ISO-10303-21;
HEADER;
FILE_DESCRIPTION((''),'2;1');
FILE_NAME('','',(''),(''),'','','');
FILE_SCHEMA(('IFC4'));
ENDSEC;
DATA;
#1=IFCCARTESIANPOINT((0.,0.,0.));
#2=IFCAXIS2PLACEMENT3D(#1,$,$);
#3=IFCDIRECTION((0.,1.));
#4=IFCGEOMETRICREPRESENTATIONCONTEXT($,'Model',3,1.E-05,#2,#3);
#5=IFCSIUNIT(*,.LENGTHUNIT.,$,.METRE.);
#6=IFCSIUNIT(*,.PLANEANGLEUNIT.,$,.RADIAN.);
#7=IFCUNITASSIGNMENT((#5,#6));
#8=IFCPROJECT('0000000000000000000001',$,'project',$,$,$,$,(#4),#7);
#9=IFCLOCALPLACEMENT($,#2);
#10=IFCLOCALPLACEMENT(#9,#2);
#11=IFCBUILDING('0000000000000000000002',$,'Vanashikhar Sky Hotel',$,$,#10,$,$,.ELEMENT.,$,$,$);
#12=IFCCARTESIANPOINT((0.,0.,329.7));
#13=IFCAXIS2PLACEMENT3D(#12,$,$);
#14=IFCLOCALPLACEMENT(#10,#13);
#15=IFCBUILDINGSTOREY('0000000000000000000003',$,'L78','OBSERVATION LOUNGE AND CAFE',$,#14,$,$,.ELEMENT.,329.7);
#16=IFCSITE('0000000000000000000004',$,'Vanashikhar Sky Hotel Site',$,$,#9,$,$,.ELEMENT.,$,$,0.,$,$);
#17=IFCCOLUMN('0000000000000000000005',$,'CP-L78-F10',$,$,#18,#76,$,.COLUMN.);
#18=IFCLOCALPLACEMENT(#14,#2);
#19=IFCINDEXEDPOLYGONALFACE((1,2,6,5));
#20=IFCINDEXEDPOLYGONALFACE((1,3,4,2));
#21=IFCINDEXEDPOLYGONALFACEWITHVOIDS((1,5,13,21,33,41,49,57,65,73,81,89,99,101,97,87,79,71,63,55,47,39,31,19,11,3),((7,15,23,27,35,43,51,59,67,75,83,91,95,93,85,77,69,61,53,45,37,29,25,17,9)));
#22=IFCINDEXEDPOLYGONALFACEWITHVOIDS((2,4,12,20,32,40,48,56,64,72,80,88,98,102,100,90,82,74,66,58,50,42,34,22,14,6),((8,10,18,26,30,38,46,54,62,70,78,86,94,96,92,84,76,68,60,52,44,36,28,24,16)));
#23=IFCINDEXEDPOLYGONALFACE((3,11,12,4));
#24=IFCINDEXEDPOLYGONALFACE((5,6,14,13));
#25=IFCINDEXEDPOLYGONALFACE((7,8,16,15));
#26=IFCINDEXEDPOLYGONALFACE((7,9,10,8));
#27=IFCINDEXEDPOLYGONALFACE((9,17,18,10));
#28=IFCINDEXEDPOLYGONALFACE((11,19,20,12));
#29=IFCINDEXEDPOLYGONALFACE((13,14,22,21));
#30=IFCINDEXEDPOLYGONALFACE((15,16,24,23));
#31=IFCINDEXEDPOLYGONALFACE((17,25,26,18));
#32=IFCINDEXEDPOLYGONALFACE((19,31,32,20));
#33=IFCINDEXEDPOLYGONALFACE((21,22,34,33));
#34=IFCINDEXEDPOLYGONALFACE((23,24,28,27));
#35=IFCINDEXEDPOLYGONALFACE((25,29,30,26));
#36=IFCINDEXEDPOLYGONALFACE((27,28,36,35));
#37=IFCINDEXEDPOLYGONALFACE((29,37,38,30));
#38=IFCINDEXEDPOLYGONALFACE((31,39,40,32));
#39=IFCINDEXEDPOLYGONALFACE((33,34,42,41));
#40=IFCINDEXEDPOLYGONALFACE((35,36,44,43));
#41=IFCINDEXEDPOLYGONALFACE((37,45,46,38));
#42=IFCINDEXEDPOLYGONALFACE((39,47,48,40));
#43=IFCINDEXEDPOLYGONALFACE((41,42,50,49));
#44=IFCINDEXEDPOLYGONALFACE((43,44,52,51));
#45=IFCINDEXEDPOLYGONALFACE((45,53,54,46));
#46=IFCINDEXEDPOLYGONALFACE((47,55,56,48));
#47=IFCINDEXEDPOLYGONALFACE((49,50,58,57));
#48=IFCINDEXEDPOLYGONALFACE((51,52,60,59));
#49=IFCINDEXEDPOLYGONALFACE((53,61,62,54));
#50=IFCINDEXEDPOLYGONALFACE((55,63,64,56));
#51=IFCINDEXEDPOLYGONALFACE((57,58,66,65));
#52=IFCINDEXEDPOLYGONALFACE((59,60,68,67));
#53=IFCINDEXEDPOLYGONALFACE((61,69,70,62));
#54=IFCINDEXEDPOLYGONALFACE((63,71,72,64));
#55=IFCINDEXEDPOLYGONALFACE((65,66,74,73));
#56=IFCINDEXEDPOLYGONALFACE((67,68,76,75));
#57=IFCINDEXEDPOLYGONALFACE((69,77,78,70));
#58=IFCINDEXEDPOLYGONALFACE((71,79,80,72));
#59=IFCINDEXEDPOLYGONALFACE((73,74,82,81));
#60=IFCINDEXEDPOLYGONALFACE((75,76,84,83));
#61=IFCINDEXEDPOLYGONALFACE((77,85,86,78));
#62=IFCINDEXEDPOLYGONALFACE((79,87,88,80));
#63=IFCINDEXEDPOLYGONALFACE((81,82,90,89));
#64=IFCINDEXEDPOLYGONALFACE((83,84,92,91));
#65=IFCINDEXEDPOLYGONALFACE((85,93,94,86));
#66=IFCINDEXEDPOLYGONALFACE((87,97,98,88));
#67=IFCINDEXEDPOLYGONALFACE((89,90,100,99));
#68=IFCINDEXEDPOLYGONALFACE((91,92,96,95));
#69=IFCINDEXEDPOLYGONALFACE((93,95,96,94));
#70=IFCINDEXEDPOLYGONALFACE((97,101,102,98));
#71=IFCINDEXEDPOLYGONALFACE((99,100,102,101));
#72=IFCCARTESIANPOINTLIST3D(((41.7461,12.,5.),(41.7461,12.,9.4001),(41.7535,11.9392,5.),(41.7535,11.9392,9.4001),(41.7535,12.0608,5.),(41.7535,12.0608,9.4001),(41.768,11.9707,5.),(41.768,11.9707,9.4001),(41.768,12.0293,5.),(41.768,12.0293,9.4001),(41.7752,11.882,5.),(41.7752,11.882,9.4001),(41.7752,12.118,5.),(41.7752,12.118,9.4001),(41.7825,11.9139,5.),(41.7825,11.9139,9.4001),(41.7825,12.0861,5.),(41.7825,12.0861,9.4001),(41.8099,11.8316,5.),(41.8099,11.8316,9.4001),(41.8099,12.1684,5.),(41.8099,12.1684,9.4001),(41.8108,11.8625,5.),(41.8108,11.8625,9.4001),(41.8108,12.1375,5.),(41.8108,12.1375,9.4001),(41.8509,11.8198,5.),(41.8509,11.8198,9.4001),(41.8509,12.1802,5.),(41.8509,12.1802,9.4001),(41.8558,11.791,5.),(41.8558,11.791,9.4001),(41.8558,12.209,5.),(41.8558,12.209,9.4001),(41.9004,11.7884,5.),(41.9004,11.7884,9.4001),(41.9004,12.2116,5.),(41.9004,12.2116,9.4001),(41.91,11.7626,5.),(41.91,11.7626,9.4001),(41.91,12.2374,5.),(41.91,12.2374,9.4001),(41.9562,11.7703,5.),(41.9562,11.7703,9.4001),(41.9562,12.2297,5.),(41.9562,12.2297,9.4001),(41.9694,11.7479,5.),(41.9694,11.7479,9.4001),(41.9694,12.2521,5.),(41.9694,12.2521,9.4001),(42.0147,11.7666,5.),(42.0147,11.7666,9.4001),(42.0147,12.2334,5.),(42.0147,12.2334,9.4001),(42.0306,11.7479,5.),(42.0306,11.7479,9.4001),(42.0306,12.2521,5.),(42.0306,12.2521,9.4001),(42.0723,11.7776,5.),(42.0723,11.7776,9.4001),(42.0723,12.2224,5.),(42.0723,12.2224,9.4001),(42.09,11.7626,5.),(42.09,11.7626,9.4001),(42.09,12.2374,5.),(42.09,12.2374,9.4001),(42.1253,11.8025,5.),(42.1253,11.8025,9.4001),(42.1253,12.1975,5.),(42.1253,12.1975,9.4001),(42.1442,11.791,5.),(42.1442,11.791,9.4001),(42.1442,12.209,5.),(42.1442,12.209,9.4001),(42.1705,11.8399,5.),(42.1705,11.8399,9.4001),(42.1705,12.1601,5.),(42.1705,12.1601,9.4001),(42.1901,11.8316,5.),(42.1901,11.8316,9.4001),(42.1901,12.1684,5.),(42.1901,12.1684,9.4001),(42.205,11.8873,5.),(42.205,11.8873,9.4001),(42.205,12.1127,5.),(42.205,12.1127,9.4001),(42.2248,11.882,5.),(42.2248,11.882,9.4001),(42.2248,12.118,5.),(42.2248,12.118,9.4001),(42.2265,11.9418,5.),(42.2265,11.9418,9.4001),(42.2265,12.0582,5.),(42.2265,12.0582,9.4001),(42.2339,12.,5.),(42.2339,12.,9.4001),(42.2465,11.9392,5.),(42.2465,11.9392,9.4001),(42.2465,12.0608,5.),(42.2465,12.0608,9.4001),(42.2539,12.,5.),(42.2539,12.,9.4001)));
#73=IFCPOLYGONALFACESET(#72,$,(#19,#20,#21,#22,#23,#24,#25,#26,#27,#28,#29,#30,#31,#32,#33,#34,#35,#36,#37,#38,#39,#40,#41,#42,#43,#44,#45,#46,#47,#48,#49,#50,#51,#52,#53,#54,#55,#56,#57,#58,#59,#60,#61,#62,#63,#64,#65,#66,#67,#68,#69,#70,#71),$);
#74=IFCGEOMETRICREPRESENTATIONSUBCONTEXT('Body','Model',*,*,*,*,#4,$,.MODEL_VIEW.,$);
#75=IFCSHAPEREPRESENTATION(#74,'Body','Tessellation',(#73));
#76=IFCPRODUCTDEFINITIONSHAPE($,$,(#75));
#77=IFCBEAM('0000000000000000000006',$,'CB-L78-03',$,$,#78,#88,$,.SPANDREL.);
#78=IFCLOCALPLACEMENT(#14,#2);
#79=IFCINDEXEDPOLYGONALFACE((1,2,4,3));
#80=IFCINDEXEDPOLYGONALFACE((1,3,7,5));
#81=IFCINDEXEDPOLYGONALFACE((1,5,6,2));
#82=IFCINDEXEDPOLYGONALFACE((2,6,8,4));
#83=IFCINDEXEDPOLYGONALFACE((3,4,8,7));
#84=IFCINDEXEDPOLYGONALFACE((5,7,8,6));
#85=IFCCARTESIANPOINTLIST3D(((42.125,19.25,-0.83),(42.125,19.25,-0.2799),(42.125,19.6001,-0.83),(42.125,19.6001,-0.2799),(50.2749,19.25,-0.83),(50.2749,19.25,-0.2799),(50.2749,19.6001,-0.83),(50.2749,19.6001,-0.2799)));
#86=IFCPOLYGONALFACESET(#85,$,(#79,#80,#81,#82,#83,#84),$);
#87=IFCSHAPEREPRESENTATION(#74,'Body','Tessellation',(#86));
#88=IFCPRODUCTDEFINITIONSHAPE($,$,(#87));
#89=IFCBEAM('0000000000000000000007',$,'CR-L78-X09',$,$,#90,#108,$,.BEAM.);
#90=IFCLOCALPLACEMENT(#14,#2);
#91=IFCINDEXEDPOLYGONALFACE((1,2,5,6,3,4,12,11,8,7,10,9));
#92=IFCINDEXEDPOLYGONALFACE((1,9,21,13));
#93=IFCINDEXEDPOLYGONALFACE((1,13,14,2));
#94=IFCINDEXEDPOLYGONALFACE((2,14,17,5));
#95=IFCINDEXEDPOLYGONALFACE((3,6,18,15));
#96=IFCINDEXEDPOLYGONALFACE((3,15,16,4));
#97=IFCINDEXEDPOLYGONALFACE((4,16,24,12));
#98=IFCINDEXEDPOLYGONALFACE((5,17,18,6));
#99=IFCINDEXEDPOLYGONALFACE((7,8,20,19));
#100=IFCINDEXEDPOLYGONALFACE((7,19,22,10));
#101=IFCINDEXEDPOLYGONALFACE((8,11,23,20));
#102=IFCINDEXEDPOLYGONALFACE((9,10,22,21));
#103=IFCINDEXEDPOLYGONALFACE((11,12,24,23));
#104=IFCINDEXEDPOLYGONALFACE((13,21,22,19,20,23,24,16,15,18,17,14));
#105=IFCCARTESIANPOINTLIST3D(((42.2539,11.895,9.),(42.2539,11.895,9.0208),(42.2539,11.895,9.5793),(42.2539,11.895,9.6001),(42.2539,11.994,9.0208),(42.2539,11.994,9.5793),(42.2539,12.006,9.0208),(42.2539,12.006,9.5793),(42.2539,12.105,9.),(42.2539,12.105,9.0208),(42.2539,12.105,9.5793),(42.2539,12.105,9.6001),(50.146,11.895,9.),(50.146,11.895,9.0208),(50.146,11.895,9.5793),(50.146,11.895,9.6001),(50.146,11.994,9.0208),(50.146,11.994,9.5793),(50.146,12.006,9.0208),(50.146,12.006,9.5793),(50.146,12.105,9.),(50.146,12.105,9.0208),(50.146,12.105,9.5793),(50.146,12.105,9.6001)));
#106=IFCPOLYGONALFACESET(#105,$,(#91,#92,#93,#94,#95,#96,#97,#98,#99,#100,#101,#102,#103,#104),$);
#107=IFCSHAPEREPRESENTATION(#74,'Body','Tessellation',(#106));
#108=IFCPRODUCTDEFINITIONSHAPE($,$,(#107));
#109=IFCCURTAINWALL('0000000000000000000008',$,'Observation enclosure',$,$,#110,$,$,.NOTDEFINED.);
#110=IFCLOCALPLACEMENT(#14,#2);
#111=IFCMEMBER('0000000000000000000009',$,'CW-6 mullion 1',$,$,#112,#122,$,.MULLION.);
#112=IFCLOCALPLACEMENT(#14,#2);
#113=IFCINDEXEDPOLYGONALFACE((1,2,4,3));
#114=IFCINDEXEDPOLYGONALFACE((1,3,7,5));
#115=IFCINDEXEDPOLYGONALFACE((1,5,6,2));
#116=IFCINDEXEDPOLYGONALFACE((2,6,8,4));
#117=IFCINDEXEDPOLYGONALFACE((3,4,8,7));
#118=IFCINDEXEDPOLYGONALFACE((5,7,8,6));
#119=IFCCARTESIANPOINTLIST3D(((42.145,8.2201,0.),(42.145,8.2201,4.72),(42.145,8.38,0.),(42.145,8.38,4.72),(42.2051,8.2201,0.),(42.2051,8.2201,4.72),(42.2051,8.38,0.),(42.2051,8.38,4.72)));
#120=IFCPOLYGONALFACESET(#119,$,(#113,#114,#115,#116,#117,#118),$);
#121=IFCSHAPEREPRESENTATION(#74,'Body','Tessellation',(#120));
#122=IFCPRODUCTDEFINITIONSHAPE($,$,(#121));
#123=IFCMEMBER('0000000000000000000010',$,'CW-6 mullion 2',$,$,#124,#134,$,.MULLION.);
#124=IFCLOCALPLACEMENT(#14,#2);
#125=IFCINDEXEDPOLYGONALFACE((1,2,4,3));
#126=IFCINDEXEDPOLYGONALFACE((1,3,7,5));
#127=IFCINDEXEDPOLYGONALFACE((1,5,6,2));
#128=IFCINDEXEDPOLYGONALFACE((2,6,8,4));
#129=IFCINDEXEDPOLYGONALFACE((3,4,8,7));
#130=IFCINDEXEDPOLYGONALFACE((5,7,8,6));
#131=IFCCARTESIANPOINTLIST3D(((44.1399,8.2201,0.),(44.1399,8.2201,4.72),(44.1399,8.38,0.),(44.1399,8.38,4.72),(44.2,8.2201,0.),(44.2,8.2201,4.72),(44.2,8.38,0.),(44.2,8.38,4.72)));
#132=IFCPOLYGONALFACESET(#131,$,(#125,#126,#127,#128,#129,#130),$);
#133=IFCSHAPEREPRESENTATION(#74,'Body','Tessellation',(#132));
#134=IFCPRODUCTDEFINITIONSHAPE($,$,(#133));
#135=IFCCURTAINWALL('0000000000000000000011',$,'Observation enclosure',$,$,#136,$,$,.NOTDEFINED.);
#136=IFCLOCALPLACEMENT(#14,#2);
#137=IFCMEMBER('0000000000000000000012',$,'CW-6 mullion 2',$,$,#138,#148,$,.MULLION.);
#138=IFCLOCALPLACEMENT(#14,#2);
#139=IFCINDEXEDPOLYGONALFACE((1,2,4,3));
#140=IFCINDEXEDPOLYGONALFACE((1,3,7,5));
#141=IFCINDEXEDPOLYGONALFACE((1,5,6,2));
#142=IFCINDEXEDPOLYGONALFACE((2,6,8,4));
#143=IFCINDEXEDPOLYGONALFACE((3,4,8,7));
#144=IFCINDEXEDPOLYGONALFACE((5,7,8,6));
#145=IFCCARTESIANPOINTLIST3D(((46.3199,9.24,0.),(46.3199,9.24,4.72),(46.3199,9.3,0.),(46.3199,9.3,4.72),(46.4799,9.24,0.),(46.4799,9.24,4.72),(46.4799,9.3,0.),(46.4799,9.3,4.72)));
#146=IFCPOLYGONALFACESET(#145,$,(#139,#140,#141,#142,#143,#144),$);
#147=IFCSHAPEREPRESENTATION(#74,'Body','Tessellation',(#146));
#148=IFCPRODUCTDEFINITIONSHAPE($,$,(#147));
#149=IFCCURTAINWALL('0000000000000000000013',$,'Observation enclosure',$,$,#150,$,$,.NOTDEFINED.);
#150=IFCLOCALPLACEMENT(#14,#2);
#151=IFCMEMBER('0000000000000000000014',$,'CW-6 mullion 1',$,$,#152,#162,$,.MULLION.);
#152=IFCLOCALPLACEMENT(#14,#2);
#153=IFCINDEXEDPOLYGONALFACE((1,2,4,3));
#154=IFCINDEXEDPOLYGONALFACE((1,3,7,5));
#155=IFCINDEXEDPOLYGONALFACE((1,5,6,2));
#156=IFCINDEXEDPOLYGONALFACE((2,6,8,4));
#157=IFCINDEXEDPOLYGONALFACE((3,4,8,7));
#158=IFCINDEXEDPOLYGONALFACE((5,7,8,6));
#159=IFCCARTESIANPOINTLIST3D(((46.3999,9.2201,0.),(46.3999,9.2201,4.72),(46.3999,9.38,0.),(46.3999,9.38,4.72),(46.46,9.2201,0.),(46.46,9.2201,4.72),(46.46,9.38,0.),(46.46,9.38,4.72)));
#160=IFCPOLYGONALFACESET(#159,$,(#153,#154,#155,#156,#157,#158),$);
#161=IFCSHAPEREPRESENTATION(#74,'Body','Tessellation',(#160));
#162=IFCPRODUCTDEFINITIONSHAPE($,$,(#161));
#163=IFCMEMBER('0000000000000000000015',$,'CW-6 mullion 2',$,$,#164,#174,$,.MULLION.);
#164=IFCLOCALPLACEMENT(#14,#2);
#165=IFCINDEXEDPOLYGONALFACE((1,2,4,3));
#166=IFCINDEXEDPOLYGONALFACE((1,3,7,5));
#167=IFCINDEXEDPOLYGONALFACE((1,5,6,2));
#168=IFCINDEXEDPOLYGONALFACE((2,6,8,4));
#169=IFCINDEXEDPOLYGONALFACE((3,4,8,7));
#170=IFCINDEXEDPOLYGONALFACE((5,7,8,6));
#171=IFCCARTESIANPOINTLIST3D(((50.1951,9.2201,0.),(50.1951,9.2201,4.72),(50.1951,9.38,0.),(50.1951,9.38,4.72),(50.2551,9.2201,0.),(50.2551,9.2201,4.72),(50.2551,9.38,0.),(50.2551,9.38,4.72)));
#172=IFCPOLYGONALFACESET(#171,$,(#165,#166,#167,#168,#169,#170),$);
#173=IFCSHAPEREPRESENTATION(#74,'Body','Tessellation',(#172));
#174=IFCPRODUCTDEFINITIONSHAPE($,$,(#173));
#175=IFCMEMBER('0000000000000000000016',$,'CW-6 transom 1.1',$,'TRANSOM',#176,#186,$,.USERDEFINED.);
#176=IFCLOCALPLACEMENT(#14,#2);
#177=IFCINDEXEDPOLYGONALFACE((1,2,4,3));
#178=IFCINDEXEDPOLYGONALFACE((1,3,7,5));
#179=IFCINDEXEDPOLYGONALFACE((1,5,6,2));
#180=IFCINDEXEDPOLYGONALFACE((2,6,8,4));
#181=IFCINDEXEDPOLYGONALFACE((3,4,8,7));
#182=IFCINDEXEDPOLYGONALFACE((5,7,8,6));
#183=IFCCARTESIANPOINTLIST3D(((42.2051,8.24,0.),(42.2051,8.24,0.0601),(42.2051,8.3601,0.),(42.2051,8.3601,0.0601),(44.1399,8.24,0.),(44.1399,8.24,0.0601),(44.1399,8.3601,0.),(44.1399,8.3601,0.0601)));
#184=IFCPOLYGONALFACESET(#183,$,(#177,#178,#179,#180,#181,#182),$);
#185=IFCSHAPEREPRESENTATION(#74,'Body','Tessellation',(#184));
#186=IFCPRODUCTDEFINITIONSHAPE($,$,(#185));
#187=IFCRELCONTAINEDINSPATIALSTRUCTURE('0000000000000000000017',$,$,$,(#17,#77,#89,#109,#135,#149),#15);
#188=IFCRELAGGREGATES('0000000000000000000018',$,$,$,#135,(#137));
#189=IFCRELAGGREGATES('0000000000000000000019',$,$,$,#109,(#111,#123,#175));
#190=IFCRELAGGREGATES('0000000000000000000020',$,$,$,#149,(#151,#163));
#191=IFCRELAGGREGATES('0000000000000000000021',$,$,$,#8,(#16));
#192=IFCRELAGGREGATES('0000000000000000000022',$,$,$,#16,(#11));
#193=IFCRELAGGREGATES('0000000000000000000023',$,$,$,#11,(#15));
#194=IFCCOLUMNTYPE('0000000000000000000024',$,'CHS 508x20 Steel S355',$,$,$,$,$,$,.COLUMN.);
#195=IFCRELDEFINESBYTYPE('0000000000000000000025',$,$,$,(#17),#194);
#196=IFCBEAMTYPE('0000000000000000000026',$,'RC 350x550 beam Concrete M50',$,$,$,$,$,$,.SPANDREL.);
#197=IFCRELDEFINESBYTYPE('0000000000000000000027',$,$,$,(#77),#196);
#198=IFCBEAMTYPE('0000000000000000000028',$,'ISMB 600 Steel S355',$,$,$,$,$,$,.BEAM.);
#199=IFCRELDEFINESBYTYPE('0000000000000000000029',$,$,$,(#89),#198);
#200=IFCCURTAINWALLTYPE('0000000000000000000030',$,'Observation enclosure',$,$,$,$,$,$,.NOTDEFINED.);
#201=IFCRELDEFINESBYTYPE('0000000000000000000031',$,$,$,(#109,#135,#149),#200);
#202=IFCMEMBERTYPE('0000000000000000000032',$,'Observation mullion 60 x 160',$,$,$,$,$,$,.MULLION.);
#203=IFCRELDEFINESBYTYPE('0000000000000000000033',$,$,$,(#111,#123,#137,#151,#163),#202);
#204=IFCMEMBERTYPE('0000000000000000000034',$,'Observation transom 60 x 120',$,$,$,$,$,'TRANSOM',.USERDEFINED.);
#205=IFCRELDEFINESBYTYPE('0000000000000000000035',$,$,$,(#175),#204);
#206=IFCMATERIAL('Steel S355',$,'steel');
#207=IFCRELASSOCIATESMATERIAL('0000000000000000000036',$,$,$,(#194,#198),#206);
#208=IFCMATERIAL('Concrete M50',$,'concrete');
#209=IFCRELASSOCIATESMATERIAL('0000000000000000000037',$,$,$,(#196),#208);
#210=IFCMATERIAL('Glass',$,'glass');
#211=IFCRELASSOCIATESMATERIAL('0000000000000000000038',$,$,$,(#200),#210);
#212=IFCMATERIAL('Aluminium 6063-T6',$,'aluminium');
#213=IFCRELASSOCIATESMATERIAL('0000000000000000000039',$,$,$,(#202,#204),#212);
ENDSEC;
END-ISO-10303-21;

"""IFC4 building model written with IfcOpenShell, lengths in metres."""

from ifc_helpers import new_model, si_unit, direction, frame, origin, origin_2d, place, context, subcontext, project, spatial, rectangle, hollow_circle, i_section, extrude, source, transform, mapped, material, material_profile, profile_set, type_object, element, aggregate, save


model = new_model("IFC4")

# Units and contexts
model_context = context("Model", 3, precision=1e-05, world=origin(), true_north=direction((0.0, 1.0)))
body_context = subcontext(model_context, "Body", "Model", "MODEL_VIEW")
ifc_project = project(units=[si_unit("LENGTHUNIT", "METRE"), si_unit("PLANEANGLEUNIT", "RADIAN")], contexts=[model_context])

# Site, building, storey
site_placement = place(None, origin())
site = spatial("IfcSite", under=ifc_project, at=site_placement, Name="Vanashikhar Sky Hotel Site", CompositionType="ELEMENT", RefElevation=0.0)
building_placement = place(site_placement, origin())
building = spatial("IfcBuilding", under=site, at=building_placement, Name="Vanashikhar Sky Hotel", CompositionType="ELEMENT")
storey_placement = place(building_placement, frame((0.0, 0.0, 329.7)))
storey = spatial("IfcBuildingStorey", under=building, at=storey_placement, Name="L78", Description="OBSERVATION LOUNGE AND CAFE", CompositionType="ELEMENT", Elevation=329.7)

# Column
ifc_material_1 = material(Name="Steel S355", Category="steel")
ifc_material_profile_1 = material_profile(ifc_material_1, hollow_circle(Radius=0.2539, WallThickness=0.02, at=origin_2d()))
ifc_profile_set_1 = profile_set([ifc_material_profile_1], Name="CHS 508x20 Steel S355")
column_type = type_object("IfcColumnType", Name="CHS 508x20 Steel S355", PredefinedType="COLUMN", material=ifc_profile_set_1)
shared_shape_1 = source(origin(), body_context, "Body", "SweptSolid", [
    extrude(hollow_circle(Radius=0.2539, WallThickness=0.02, at=origin_2d()), origin(), (0.0, 0.0, 1.0), 4.4001),
])
column_placement = place(storey_placement, frame((42.0, 12.0, 5.0), z_axis=(0.0, 0.0, 1.0), x_axis=(1.0, 0.0, 0.0)))
element("IfcColumn", 1, at=column_placement, inside=storey, type_object=column_type, Name="CP-L78-F10", PredefinedType="COLUMN", context=body_context, shape_type="MappedRepresentation", body=[
    mapped(shared_shape_1, transform((0.0, 0.0, 0.0), scale=1.0)),
])

# Beams
ifc_material_2 = material(Name="Concrete M50", Category="concrete")
ifc_material_profile_2 = material_profile(ifc_material_2, rectangle(XDim=0.3501, YDim=0.55, at=origin_2d()))
ifc_profile_set_2 = profile_set([ifc_material_profile_2], Name="RC 350x550 beam Concrete M50")
beam_type_1 = type_object("IfcBeamType", Name="RC 350x550 beam Concrete M50", PredefinedType="SPANDREL", material=ifc_profile_set_2)
shared_shape_2 = source(origin(), body_context, "Body", "SweptSolid", [
    extrude(rectangle(XDim=0.3501, YDim=0.55, at=origin_2d()), origin(), (0.0, 0.0, 1.0), 8.1499),
])
beam_1_placement = place(storey_placement, frame((42.125, 19.425, -0.5549), z_axis=(1.0, 0.0, 0.0), x_axis=(0.0, 1.0, 0.0)))
element("IfcBeam", 2, at=beam_1_placement, inside=storey, type_object=beam_type_1, Name="CB-L78-03", PredefinedType="SPANDREL", context=body_context, shape_type="MappedRepresentation", body=[
    mapped(shared_shape_2, transform((0.0, 0.0, 0.0), scale=1.0)),
])
ifc_material_profile_3 = material_profile(ifc_material_1, i_section(OverallWidth=0.21, OverallDepth=0.6001, WebThickness=0.012, FlangeThickness=0.0208, at=origin_2d()), Name="ISMB 600")
ifc_profile_set_3 = profile_set([ifc_material_profile_3], Name="Steel S355")
beam_type_2 = type_object("IfcBeamType", Name="ISMB 600 Steel S355", PredefinedType="BEAM", material=ifc_profile_set_3)
shared_shape_3 = source(origin(), body_context, "Body", "SweptSolid", [
    extrude(i_section(OverallWidth=0.21, OverallDepth=0.6001, WebThickness=0.012, FlangeThickness=0.0208, at=origin_2d()), origin(), (0.0, 0.0, 1.0), 7.8921),
])
beam_2_placement = place(storey_placement, frame((42.2539, 12.0, 9.3), z_axis=(1.0, 0.0, 0.0), x_axis=(0.0, 1.0, 0.0)))
element("IfcBeam", 3, at=beam_2_placement, inside=storey, type_object=beam_type_2, Name="CR-L78-X09", PredefinedType="BEAM", context=body_context, shape_type="MappedRepresentation", body=[
    mapped(shared_shape_3, transform((0.0, 0.0, 0.0), scale=1.0)),
])

# Curtain wall, members
ifc_material_3 = material(Name="Glass", Category="glass")
curtain_wall_type = type_object("IfcCurtainWallType", Name="Observation enclosure", PredefinedType="NOTDEFINED", material=ifc_material_3)
curtain_wall_1_placement = place(storey_placement, origin())
curtain_wall_1 = element("IfcCurtainWall", 4, at=curtain_wall_1_placement, inside=storey, type_object=curtain_wall_type, Name="Observation enclosure", PredefinedType="NOTDEFINED")
ifc_material_4 = material(Name="Aluminium 6063-T6", Category="aluminium")
ifc_material_profile_4 = material_profile(ifc_material_4, rectangle(XDim=0.1599, YDim=0.0601, at=origin_2d()))
ifc_profile_set_4 = profile_set([ifc_material_profile_4], Name="Aluminium 6063-T6")
member_type_1 = type_object("IfcMemberType", Name="Observation mullion 60 x 160", PredefinedType="MULLION", material=ifc_profile_set_4)
shared_shape_4 = source(origin(), body_context, "Body", "SweptSolid", [
    extrude(rectangle(XDim=0.1599, YDim=0.0601, at=origin_2d()), origin(), (0.0, 0.0, 1.0), 4.72),
])
member_1_placement = place(storey_placement, frame((42.175, 8.3, 0.0), z_axis=(0.0, 0.0, 1.0), x_axis=(0.0, 1.0, 0.0)))
member_1 = element("IfcMember", 5, at=member_1_placement, type_object=member_type_1, Name="CW-6 mullion 1", PredefinedType="MULLION", context=body_context, shape_type="MappedRepresentation", body=[
    mapped(shared_shape_4, transform((0.0, 0.0, 0.0), scale=1.0)),
])
member_2_placement = place(storey_placement, frame((44.1699, 8.3, 0.0), z_axis=(0.0, 0.0, 1.0), x_axis=(0.0, 1.0, 0.0)))
member_2 = element("IfcMember", 6, at=member_2_placement, type_object=member_type_1, Name="CW-6 mullion 2", PredefinedType="MULLION", context=body_context, shape_type="MappedRepresentation", body=[
    mapped(shared_shape_4, transform((0.0, 0.0, 0.0), scale=1.0)),
])

# Curtain wall, member
curtain_wall_2_placement = place(storey_placement, origin())
curtain_wall_2 = element("IfcCurtainWall", 7, at=curtain_wall_2_placement, inside=storey, type_object=curtain_wall_type, Name="Observation enclosure", PredefinedType="NOTDEFINED")
member_3_placement = place(storey_placement, frame((46.3999, 9.27, 0.0), z_axis=(0.0, 0.0, 1.0), x_axis=(-1.0, 0.0, 0.0)))
member_3 = element("IfcMember", 8, at=member_3_placement, type_object=member_type_1, Name="CW-6 mullion 2", PredefinedType="MULLION", context=body_context, shape_type="MappedRepresentation", body=[
    mapped(shared_shape_4, transform((0.0, 0.0, 0.0), scale=1.0)),
])
aggregate(curtain_wall_2, [member_3])

# Curtain wall, members
curtain_wall_3_placement = place(storey_placement, origin())
curtain_wall_3 = element("IfcCurtainWall", 9, at=curtain_wall_3_placement, inside=storey, type_object=curtain_wall_type, Name="Observation enclosure", PredefinedType="NOTDEFINED")
member_4_placement = place(storey_placement, frame((46.4299, 9.3, 0.0), z_axis=(0.0, 0.0, 1.0), x_axis=(0.0, 1.0, 0.0)))
member_4 = element("IfcMember", 10, at=member_4_placement, type_object=member_type_1, Name="CW-6 mullion 1", PredefinedType="MULLION", context=body_context, shape_type="MappedRepresentation", body=[
    mapped(shared_shape_4, transform((0.0, 0.0, 0.0), scale=1.0)),
])
member_5_placement = place(storey_placement, frame((50.2251, 9.3, 0.0), z_axis=(0.0, 0.0, 1.0), x_axis=(0.0, 1.0, 0.0)))
member_5 = element("IfcMember", 11, at=member_5_placement, type_object=member_type_1, Name="CW-6 mullion 2", PredefinedType="MULLION", context=body_context, shape_type="MappedRepresentation", body=[
    mapped(shared_shape_4, transform((0.0, 0.0, 0.0), scale=1.0)),
])

# Member
ifc_material_profile_5 = material_profile(ifc_material_4, rectangle(XDim=0.1201, YDim=0.0601, at=origin_2d()))
ifc_profile_set_5 = profile_set([ifc_material_profile_5], Name="Aluminium 6063-T6")
member_type_2 = type_object("IfcMemberType", Name="Observation transom 60 x 120", ElementType="TRANSOM", PredefinedType="USERDEFINED", material=ifc_profile_set_5)
shared_shape_5 = source(origin(), body_context, "Body", "SweptSolid", [
    extrude(rectangle(XDim=0.1201, YDim=0.0601, at=origin_2d()), origin(), (0.0, 0.0, 1.0), 1.9348),
])
member_6_placement = place(storey_placement, frame((42.2051, 8.3, 0.03), z_axis=(1.0, 0.0, 0.0), x_axis=(0.0, 1.0, 0.0)))
member_6 = element("IfcMember", 12, at=member_6_placement, type_object=member_type_2, Name="CW-6 transom 1.1", ObjectType="TRANSOM", PredefinedType="USERDEFINED", context=body_context, shape_type="MappedRepresentation", body=[
    mapped(shared_shape_5, transform((0.0, 0.0, 0.0), scale=1.0)),
])

aggregate(curtain_wall_1, [member_1, member_2, member_6])
aggregate(curtain_wall_3, [member_4, member_5])

save(model, "model.ifc")
